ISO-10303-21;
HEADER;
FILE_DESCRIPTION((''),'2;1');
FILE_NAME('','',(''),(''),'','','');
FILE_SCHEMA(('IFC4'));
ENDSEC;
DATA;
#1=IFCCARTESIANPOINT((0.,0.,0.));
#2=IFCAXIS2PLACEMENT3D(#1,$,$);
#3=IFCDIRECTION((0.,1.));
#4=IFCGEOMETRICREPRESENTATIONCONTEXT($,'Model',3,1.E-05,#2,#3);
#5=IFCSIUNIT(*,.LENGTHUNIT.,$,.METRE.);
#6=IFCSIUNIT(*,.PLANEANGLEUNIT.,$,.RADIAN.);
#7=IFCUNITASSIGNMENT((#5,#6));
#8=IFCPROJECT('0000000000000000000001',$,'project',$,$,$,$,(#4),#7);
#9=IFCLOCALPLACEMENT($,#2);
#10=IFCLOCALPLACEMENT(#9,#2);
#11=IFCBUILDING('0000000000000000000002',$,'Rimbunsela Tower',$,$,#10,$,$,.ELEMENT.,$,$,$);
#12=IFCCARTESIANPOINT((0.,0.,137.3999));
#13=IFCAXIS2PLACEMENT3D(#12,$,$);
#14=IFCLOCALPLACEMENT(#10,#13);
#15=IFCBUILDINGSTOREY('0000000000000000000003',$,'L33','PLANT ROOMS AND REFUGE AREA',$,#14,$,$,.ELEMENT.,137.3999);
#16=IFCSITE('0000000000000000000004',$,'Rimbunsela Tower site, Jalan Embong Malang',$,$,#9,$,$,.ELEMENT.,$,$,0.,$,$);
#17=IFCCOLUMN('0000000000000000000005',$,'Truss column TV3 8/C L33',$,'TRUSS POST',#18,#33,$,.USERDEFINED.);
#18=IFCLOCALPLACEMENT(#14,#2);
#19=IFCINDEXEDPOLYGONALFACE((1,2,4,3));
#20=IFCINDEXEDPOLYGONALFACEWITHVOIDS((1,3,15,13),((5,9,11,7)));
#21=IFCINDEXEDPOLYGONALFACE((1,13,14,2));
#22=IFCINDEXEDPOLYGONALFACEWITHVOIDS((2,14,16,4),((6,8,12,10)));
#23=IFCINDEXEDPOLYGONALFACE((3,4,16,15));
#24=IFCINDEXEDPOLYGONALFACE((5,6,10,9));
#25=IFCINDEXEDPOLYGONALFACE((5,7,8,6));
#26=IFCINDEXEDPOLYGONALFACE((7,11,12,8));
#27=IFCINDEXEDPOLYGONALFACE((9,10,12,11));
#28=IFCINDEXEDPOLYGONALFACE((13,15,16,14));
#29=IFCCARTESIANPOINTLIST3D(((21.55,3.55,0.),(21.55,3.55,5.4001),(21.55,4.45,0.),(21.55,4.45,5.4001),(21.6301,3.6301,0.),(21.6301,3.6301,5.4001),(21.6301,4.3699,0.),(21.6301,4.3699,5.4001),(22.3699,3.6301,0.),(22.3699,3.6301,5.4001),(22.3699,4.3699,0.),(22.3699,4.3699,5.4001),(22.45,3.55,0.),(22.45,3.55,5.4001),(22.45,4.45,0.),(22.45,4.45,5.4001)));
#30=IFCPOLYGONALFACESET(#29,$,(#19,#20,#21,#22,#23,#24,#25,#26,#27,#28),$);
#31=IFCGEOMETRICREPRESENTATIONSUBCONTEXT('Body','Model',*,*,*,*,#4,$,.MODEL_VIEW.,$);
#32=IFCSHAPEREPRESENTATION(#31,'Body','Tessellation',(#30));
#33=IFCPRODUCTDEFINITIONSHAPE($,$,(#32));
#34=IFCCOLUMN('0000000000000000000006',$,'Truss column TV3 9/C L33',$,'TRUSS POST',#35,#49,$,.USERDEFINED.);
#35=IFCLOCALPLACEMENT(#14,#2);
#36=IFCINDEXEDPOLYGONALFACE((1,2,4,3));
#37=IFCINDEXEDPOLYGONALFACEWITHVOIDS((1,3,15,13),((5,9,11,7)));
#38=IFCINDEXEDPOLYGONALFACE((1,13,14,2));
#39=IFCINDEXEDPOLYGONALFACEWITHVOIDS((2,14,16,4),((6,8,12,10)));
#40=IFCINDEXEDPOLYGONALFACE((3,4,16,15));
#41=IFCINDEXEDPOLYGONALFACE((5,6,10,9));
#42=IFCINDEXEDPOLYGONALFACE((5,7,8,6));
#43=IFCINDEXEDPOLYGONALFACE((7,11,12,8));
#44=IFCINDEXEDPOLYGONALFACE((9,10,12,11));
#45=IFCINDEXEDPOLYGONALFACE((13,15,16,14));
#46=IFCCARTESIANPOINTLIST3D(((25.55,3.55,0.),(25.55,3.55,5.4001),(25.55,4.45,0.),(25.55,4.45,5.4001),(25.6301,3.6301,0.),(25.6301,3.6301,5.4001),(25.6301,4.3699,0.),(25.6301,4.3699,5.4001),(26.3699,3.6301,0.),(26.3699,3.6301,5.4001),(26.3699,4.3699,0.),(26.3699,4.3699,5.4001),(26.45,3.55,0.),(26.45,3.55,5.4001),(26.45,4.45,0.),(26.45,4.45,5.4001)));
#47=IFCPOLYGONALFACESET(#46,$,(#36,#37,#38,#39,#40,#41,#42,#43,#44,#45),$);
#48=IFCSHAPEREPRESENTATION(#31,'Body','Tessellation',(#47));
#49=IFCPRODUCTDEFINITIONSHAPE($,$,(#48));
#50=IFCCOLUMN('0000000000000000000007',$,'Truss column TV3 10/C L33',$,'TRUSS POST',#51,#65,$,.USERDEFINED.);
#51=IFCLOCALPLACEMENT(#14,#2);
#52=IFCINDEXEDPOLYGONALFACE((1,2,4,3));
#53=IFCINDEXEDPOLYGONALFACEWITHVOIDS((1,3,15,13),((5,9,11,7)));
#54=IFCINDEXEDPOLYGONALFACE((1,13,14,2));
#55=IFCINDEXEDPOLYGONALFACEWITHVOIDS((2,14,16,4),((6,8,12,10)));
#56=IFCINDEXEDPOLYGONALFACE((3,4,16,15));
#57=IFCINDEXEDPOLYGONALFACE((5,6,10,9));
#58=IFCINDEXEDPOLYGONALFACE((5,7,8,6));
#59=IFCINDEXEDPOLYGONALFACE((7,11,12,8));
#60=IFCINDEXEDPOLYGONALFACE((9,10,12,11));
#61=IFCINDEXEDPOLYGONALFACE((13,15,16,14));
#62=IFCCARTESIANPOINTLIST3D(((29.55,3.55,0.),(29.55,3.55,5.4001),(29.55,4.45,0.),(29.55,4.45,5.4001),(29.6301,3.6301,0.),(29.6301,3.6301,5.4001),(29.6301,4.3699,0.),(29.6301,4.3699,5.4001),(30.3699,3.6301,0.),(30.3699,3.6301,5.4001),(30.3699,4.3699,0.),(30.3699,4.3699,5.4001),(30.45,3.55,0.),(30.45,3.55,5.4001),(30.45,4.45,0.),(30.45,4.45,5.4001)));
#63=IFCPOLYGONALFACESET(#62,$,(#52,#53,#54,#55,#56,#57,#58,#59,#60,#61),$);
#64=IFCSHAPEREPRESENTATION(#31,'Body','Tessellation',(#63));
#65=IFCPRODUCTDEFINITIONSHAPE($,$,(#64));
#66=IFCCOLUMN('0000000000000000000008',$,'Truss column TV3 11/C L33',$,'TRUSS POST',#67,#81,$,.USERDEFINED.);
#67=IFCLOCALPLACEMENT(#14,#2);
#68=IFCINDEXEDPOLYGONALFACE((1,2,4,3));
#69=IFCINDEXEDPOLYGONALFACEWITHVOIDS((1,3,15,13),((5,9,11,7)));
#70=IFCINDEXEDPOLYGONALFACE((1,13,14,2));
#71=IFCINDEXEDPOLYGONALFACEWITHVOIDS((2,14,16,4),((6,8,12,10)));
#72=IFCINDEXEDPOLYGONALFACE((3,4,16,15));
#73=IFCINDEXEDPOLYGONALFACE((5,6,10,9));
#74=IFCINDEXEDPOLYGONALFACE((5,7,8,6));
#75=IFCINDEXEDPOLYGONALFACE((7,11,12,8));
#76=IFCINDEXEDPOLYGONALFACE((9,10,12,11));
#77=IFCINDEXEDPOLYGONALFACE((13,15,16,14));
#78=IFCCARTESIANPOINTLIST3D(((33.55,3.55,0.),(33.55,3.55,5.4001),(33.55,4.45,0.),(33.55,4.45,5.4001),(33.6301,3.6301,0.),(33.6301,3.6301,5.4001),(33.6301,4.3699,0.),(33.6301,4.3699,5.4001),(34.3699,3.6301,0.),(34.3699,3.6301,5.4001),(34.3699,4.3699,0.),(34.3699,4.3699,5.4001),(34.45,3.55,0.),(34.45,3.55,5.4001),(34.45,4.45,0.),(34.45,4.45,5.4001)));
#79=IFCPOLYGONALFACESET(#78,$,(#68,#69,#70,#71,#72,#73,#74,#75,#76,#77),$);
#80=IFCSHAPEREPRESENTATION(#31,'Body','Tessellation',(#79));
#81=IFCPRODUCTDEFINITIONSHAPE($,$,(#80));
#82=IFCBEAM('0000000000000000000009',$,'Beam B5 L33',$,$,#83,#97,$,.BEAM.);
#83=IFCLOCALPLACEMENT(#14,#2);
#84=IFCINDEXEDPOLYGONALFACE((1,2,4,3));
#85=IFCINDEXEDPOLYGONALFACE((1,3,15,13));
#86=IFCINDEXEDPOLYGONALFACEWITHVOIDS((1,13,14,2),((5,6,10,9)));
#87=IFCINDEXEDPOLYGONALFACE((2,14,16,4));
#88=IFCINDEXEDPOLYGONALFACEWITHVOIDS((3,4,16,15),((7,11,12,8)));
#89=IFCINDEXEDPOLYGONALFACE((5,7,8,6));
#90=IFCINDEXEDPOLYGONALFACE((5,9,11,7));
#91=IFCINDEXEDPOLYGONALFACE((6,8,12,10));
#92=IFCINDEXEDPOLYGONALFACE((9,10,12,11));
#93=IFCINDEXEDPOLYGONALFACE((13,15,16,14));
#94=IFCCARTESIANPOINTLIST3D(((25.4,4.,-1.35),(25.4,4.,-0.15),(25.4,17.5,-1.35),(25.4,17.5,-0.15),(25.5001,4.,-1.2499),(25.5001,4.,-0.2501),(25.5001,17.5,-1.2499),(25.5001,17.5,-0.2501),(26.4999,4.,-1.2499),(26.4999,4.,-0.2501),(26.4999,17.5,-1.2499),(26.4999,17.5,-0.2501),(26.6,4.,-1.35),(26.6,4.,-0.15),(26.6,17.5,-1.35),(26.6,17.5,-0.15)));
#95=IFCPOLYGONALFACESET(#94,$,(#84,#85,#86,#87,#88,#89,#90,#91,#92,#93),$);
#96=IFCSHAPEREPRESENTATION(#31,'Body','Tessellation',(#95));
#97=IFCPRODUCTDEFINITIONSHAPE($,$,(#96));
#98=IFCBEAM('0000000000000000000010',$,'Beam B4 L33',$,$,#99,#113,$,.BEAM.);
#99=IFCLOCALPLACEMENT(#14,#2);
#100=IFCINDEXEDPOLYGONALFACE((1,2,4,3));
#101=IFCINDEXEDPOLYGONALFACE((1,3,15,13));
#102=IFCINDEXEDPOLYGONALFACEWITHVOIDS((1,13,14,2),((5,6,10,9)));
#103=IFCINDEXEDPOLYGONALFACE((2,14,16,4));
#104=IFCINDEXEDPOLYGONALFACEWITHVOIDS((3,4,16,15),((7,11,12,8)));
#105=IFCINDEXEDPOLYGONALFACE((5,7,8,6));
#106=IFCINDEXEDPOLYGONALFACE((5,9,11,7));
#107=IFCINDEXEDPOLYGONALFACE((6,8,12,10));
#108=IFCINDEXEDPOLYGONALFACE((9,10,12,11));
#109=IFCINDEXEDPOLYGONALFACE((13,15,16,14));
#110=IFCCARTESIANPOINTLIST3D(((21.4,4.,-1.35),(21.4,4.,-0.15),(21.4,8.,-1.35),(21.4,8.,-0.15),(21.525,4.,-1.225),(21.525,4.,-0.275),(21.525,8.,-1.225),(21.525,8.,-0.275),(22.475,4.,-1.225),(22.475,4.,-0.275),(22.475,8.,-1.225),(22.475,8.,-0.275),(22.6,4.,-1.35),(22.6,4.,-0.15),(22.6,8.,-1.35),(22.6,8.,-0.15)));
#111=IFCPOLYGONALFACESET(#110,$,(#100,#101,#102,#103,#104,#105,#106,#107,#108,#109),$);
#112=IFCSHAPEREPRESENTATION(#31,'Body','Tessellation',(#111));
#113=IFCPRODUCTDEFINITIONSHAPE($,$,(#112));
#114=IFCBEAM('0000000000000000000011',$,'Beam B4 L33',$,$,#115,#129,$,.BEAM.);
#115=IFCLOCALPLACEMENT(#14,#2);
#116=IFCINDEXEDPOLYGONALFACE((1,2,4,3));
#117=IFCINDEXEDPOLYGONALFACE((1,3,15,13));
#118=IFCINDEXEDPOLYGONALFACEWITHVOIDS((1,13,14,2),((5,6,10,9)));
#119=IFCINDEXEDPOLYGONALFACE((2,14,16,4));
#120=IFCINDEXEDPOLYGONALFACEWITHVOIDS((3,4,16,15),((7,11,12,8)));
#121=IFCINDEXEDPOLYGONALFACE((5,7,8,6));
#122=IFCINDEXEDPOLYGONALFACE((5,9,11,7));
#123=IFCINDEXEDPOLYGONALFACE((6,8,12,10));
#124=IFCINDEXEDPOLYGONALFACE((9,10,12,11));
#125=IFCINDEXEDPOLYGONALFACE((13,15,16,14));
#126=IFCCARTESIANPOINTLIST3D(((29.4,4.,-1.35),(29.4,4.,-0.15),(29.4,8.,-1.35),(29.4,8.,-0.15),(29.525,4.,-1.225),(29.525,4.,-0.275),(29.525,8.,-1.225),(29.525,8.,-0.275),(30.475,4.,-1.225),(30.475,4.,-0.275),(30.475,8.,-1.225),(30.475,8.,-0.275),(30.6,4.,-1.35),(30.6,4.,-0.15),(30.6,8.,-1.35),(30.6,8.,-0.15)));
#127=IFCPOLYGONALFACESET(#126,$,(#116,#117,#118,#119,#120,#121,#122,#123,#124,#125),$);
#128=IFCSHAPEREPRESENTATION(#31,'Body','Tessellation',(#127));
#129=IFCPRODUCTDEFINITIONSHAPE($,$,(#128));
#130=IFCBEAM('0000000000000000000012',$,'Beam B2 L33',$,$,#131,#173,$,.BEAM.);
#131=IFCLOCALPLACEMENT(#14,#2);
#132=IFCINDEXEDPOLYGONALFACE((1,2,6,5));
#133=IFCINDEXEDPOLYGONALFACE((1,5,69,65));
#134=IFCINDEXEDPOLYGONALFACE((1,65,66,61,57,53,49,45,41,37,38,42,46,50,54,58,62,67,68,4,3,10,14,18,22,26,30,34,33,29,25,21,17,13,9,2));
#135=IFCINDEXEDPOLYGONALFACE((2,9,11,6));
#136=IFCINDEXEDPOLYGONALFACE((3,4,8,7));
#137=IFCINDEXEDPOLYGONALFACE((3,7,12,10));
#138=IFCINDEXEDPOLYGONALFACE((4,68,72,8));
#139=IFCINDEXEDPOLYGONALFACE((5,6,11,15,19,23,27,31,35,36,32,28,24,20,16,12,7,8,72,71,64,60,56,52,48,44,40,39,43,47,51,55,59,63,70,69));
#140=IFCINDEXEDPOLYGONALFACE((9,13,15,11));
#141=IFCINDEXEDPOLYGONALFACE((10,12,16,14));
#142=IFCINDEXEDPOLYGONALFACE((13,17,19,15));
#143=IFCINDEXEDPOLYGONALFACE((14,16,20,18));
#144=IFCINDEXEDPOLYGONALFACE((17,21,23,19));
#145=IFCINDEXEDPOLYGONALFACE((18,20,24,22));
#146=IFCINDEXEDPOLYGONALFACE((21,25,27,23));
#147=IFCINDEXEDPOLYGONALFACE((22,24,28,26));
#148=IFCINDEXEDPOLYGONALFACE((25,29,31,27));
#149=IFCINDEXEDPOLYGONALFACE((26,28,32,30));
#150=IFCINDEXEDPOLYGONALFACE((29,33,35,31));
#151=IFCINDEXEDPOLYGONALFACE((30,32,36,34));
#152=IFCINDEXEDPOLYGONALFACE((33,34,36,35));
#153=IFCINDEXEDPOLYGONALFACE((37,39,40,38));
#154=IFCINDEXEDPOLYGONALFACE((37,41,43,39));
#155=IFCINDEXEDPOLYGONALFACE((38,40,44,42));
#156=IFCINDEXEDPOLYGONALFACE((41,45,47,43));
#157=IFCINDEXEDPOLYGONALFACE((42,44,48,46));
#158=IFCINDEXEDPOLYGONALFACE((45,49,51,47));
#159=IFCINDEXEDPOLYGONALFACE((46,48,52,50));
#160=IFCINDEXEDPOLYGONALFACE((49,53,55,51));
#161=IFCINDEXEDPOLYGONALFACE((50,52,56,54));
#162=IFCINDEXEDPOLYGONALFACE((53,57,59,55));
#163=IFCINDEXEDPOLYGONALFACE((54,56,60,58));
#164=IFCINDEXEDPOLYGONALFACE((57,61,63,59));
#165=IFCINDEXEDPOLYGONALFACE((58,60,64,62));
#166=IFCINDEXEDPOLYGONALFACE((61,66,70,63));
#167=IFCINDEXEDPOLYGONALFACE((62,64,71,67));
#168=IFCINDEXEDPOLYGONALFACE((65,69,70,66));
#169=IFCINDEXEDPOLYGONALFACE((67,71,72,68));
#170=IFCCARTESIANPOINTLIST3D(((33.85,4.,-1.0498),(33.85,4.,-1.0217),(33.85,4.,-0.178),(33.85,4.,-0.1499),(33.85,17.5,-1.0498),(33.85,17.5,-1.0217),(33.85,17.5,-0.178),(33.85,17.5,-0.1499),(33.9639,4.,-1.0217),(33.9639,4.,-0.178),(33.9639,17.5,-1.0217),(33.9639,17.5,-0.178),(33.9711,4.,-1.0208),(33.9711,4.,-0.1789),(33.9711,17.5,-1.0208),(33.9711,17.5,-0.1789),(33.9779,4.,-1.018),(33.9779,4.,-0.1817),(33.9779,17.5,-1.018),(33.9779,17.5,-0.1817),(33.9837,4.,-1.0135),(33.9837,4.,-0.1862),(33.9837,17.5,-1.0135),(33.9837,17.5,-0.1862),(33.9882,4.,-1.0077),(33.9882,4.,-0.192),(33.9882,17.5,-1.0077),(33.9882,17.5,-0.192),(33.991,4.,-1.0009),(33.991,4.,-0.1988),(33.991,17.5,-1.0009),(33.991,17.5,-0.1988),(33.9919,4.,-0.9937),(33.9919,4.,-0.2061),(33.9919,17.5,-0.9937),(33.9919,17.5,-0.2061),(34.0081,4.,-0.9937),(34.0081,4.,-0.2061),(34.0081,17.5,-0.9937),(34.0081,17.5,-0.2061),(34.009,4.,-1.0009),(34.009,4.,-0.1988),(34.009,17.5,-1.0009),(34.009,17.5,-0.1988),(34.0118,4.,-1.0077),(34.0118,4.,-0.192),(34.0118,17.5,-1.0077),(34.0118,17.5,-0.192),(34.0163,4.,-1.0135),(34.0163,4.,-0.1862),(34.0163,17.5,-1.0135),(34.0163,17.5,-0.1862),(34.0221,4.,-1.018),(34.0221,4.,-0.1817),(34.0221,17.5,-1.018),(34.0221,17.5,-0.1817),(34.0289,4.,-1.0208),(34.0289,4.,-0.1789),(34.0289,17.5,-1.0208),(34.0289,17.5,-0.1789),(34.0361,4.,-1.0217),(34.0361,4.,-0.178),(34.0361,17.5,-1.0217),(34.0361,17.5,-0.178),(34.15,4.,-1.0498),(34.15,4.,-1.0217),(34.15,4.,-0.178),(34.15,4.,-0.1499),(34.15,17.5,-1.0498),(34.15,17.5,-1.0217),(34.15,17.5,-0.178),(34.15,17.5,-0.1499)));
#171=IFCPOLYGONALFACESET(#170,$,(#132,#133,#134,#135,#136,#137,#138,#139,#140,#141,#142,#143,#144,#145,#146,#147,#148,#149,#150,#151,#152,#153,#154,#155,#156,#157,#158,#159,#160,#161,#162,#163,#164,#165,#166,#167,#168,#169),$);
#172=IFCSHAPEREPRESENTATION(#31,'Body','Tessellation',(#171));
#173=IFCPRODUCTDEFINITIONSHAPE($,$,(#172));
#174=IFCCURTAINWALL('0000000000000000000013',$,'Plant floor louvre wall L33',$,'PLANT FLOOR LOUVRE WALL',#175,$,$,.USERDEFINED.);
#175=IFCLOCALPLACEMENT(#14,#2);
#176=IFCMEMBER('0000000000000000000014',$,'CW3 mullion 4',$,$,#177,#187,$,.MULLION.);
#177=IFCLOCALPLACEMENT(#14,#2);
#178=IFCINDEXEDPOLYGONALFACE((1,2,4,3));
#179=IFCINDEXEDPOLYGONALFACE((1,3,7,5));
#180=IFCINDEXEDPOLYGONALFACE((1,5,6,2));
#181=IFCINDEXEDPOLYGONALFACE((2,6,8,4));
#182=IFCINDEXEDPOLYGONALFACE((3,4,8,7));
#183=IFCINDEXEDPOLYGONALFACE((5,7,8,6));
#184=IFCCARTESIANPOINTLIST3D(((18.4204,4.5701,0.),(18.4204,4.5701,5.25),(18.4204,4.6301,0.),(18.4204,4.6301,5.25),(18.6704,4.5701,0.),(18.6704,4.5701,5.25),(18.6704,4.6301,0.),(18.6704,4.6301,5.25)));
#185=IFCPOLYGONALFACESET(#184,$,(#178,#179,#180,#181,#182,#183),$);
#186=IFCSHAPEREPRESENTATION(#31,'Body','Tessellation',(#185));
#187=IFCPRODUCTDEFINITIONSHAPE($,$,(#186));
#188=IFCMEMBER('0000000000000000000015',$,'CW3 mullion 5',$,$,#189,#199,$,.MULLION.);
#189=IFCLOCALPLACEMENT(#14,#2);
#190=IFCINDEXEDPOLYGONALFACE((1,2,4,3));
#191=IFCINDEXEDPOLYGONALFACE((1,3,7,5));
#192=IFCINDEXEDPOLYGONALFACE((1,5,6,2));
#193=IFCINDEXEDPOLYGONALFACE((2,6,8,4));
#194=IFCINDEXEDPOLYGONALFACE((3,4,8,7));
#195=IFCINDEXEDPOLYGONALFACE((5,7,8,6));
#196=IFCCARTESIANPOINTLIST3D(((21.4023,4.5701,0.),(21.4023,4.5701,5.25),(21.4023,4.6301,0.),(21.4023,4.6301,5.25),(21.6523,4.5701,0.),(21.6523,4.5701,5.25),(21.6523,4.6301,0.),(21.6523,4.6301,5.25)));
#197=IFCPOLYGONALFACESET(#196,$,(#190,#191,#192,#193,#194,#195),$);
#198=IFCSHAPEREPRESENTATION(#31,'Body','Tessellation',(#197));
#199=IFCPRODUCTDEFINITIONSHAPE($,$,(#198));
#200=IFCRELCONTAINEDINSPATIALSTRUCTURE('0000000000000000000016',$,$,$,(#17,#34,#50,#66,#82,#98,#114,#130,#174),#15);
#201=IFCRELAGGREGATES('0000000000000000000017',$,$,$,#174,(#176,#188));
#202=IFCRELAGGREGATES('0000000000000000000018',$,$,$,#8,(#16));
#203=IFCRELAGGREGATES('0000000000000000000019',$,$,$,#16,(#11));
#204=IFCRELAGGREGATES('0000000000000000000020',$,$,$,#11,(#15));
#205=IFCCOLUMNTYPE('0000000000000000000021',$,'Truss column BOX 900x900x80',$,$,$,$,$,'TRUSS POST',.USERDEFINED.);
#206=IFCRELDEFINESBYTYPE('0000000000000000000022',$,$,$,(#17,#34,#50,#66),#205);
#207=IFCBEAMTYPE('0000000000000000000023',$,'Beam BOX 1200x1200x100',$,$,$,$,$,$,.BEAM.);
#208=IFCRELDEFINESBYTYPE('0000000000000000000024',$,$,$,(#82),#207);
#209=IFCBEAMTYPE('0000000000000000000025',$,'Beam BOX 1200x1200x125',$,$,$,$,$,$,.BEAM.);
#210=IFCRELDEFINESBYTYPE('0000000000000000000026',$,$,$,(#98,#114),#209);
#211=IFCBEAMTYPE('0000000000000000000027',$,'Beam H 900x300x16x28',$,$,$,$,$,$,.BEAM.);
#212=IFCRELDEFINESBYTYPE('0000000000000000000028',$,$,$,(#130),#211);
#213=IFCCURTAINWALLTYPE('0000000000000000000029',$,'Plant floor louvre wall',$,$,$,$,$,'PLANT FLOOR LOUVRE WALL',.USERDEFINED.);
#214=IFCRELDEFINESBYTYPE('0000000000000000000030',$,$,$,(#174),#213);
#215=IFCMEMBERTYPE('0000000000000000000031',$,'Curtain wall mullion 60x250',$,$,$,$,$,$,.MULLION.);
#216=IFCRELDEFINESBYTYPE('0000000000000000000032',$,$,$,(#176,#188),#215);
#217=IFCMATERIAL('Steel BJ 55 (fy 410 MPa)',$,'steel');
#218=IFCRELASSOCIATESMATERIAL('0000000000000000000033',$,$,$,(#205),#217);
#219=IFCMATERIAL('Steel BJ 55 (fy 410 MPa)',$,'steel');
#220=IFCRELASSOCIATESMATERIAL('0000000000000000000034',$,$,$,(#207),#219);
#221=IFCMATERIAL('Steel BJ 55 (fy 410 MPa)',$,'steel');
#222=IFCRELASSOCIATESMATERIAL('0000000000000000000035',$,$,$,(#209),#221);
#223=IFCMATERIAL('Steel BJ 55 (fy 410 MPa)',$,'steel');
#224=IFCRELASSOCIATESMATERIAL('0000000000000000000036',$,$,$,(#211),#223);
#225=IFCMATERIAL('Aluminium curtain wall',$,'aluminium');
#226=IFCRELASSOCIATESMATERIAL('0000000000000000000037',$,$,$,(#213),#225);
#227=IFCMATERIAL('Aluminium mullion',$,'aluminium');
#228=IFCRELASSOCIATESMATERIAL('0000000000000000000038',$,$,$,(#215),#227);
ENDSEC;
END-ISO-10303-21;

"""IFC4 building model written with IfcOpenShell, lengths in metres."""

from ifc_helpers import new_model, si_unit, direction, frame, origin, origin_2d, place, context, subcontext, project, spatial, rectangle, hollow_rectangle, i_section, extrude, material, material_profile, profile_set, type_object, element, aggregate, save


model = new_model("IFC4")

# Units and contexts
model_context = context("Model", 3, precision=1e-05, world=origin(), true_north=direction((0.0, 1.0)))
body_context = subcontext(model_context, "Body", "Model", "MODEL_VIEW")
ifc_project = project(units=[si_unit("LENGTHUNIT", "METRE"), si_unit("PLANEANGLEUNIT", "RADIAN")], contexts=[model_context])

# Site, building, storey
site_placement = place(None, origin())
site = spatial("IfcSite", under=ifc_project, at=site_placement, Name="Rimbunsela Tower site, Jalan Embong Malang", CompositionType="ELEMENT", RefElevation=0.0)
building_placement = place(site_placement, origin())
building = spatial("IfcBuilding", under=site, at=building_placement, Name="Rimbunsela Tower", CompositionType="ELEMENT")
storey_placement = place(building_placement, frame((0.0, 0.0, 137.3999)))
storey = spatial("IfcBuildingStorey", under=building, at=storey_placement, Name="L33", Description="PLANT ROOMS AND REFUGE AREA", CompositionType="ELEMENT", Elevation=137.3999)

# Columns
ifc_material_1 = material(Name="Steel BJ 55 (fy 410 MPa)", Category="steel")
ifc_material_profile_1 = material_profile(ifc_material_1, hollow_rectangle(XDim=0.8999, YDim=0.8999, WallThickness=0.0801, at=origin_2d()), Name="BOX 900x900x80")
ifc_profile_set_1 = profile_set([ifc_material_profile_1], Name="Steel BJ 55 (fy 410 MPa)")
column_type = type_object("IfcColumnType", Name="Truss column BOX 900x900x80", ElementType="TRUSS POST", PredefinedType="USERDEFINED", material=ifc_profile_set_1)
for number, where, z_axis, x_axis, name in (
    (1, (22.0, 4.0, 0.0), (0.0, 0.0, 1.0), (1.0, 0.0, 0.0), "Truss column TV3 8/C L33"),
    (2, (26.0, 4.0, 0.0), (0.0, 0.0, 1.0), (1.0, 0.0, 0.0), "Truss column TV3 9/C L33"),
    (3, (30.0, 4.0, 0.0), (0.0, 0.0, 1.0), (1.0, 0.0, 0.0), "Truss column TV3 10/C L33"),
    (4, (34.0, 4.0, 0.0), (0.0, 0.0, 1.0), (1.0, 0.0, 0.0), "Truss column TV3 11/C L33"),
):
    element("IfcColumn", number, at=place(storey_placement, frame(where, z_axis=z_axis, x_axis=x_axis)), inside=storey, type_object=column_type, Name=name, ObjectType="TRUSS POST", PredefinedType="USERDEFINED", context=body_context, shape_type="SweptSolid", body=[
        extrude(hollow_rectangle(XDim=0.8999, YDim=0.8999, WallThickness=0.0801, at=origin_2d()), origin(), (0.0, 0.0, 1.0), 5.4001),
    ])

# Beams
ifc_material_2 = material(Name="Steel BJ 55 (fy 410 MPa)", Category="steel")
ifc_material_profile_2 = material_profile(ifc_material_2, hollow_rectangle(XDim=1.2, YDim=1.2, WallThickness=0.1001, at=origin_2d()), Name="BOX 1200x1200x100")
ifc_profile_set_2 = profile_set([ifc_material_profile_2], Name="Steel BJ 55 (fy 410 MPa)")
beam_type_1 = type_object("IfcBeamType", Name="Beam BOX 1200x1200x100", PredefinedType="BEAM", material=ifc_profile_set_2)
beam_1_placement = place(storey_placement, frame((26.0, 4.0, -0.75), z_axis=(0.0, 1.0, 0.0), x_axis=(-1.0, 0.0, 0.0)))
element("IfcBeam", 5, at=beam_1_placement, inside=storey, type_object=beam_type_1, Name="Beam B5 L33", PredefinedType="BEAM", context=body_context, shape_type="SweptSolid", body=[
    extrude(hollow_rectangle(XDim=1.2, YDim=1.2, WallThickness=0.1001, at=origin_2d()), origin(), (0.0, 0.0, 1.0), 13.5),
])
ifc_material_3 = material(Name="Steel BJ 55 (fy 410 MPa)", Category="steel")
ifc_material_profile_3 = material_profile(ifc_material_3, hollow_rectangle(XDim=1.2, YDim=1.2, WallThickness=0.125, at=origin_2d()), Name="BOX 1200x1200x125")
ifc_profile_set_3 = profile_set([ifc_material_profile_3], Name="Steel BJ 55 (fy 410 MPa)")
beam_type_2 = type_object("IfcBeamType", Name="Beam BOX 1200x1200x125", PredefinedType="BEAM", material=ifc_profile_set_3)
for number, where, z_axis, x_axis, name in (
    (6, (22.0, 4.0, -0.75), (0.0, 1.0, 0.0), (-1.0, 0.0, 0.0), "Beam B4 L33"),
    (7, (30.0, 4.0, -0.75), (0.0, 1.0, 0.0), (-1.0, 0.0, 0.0), "Beam B4 L33"),
):
    element("IfcBeam", number, at=place(storey_placement, frame(where, z_axis=z_axis, x_axis=x_axis)), inside=storey, type_object=beam_type_2, Name=name, PredefinedType="BEAM", context=body_context, shape_type="SweptSolid", body=[
        extrude(hollow_rectangle(XDim=1.2, YDim=1.2, WallThickness=0.125, at=origin_2d()), origin(), (0.0, 0.0, 1.0), 4.0),
    ])
ifc_material_4 = material(Name="Steel BJ 55 (fy 410 MPa)", Category="steel")
ifc_material_profile_4 = material_profile(ifc_material_4, i_section(OverallWidth=0.3, OverallDepth=0.8999, WebThickness=0.0161, FlangeThickness=0.0281, FilletRadius=0.0281, at=origin_2d()), Name="H 900x300x16x28")
ifc_profile_set_4 = profile_set([ifc_material_profile_4], Name="Steel BJ 55 (fy 410 MPa)")
beam_type_3 = type_object("IfcBeamType", Name="Beam H 900x300x16x28", PredefinedType="BEAM", material=ifc_profile_set_4)
beam_2_placement = place(storey_placement, frame((34.0, 4.0, -0.5999), z_axis=(0.0, 1.0, 0.0), x_axis=(-1.0, 0.0, 0.0)))
element("IfcBeam", 8, at=beam_2_placement, inside=storey, type_object=beam_type_3, Name="Beam B2 L33", PredefinedType="BEAM", context=body_context, shape_type="SweptSolid", body=[
    extrude(i_section(OverallWidth=0.3, OverallDepth=0.8999, WebThickness=0.0161, FlangeThickness=0.0281, FilletRadius=0.0281, at=origin_2d()), origin(), (0.0, 0.0, 1.0), 13.5),
])

# Curtain wall, members
ifc_material_5 = material(Name="Aluminium curtain wall", Category="aluminium")
curtain_wall_type = type_object("IfcCurtainWallType", Name="Plant floor louvre wall", ElementType="PLANT FLOOR LOUVRE WALL", PredefinedType="USERDEFINED", material=ifc_material_5)
curtain_wall_placement = place(storey_placement, origin())
curtain_wall = element("IfcCurtainWall", 9, at=curtain_wall_placement, inside=storey, type_object=curtain_wall_type, Name="Plant floor louvre wall L33", ObjectType="PLANT FLOOR LOUVRE WALL", PredefinedType="USERDEFINED")
ifc_material_6 = material(Name="Aluminium mullion", Category="aluminium")
ifc_material_profile_5 = material_profile(ifc_material_6, rectangle(XDim=0.0601, YDim=0.25, at=origin_2d()), Name="Mullion 60x250")
ifc_profile_set_5 = profile_set([ifc_material_profile_5], Name="Aluminium mullion")
member_type_1 = type_object("IfcMemberType", Name="Curtain wall mullion 60x250", PredefinedType="MULLION", material=ifc_profile_set_5)
member_1_placement = place(storey_placement, frame((18.5454, 4.6001, 0.0), z_axis=(0.0, 0.0, 1.0), x_axis=(0.0, 1.0, 0.0)))
member_1 = element("IfcMember", 10, at=member_1_placement, type_object=member_type_1, Name="CW3 mullion 4", PredefinedType="MULLION", context=body_context, shape_type="SweptSolid", body=[
    extrude(rectangle(XDim=0.0601, YDim=0.25, at=origin_2d()), origin(), (0.0, 0.0, 1.0), 5.25),
])
member_2_placement = place(storey_placement, frame((21.5273, 4.6001, 0.0), z_axis=(0.0, 0.0, 1.0), x_axis=(0.0, 1.0, 0.0)))
member_2 = element("IfcMember", 11, at=member_2_placement, type_object=member_type_1, Name="CW3 mullion 5", PredefinedType="MULLION", context=body_context, shape_type="SweptSolid", body=[
    extrude(rectangle(XDim=0.0601, YDim=0.25, at=origin_2d()), origin(), (0.0, 0.0, 1.0), 5.25),
])

aggregate(curtain_wall, [member_1, member_2])

save(model, "model.ifc")
